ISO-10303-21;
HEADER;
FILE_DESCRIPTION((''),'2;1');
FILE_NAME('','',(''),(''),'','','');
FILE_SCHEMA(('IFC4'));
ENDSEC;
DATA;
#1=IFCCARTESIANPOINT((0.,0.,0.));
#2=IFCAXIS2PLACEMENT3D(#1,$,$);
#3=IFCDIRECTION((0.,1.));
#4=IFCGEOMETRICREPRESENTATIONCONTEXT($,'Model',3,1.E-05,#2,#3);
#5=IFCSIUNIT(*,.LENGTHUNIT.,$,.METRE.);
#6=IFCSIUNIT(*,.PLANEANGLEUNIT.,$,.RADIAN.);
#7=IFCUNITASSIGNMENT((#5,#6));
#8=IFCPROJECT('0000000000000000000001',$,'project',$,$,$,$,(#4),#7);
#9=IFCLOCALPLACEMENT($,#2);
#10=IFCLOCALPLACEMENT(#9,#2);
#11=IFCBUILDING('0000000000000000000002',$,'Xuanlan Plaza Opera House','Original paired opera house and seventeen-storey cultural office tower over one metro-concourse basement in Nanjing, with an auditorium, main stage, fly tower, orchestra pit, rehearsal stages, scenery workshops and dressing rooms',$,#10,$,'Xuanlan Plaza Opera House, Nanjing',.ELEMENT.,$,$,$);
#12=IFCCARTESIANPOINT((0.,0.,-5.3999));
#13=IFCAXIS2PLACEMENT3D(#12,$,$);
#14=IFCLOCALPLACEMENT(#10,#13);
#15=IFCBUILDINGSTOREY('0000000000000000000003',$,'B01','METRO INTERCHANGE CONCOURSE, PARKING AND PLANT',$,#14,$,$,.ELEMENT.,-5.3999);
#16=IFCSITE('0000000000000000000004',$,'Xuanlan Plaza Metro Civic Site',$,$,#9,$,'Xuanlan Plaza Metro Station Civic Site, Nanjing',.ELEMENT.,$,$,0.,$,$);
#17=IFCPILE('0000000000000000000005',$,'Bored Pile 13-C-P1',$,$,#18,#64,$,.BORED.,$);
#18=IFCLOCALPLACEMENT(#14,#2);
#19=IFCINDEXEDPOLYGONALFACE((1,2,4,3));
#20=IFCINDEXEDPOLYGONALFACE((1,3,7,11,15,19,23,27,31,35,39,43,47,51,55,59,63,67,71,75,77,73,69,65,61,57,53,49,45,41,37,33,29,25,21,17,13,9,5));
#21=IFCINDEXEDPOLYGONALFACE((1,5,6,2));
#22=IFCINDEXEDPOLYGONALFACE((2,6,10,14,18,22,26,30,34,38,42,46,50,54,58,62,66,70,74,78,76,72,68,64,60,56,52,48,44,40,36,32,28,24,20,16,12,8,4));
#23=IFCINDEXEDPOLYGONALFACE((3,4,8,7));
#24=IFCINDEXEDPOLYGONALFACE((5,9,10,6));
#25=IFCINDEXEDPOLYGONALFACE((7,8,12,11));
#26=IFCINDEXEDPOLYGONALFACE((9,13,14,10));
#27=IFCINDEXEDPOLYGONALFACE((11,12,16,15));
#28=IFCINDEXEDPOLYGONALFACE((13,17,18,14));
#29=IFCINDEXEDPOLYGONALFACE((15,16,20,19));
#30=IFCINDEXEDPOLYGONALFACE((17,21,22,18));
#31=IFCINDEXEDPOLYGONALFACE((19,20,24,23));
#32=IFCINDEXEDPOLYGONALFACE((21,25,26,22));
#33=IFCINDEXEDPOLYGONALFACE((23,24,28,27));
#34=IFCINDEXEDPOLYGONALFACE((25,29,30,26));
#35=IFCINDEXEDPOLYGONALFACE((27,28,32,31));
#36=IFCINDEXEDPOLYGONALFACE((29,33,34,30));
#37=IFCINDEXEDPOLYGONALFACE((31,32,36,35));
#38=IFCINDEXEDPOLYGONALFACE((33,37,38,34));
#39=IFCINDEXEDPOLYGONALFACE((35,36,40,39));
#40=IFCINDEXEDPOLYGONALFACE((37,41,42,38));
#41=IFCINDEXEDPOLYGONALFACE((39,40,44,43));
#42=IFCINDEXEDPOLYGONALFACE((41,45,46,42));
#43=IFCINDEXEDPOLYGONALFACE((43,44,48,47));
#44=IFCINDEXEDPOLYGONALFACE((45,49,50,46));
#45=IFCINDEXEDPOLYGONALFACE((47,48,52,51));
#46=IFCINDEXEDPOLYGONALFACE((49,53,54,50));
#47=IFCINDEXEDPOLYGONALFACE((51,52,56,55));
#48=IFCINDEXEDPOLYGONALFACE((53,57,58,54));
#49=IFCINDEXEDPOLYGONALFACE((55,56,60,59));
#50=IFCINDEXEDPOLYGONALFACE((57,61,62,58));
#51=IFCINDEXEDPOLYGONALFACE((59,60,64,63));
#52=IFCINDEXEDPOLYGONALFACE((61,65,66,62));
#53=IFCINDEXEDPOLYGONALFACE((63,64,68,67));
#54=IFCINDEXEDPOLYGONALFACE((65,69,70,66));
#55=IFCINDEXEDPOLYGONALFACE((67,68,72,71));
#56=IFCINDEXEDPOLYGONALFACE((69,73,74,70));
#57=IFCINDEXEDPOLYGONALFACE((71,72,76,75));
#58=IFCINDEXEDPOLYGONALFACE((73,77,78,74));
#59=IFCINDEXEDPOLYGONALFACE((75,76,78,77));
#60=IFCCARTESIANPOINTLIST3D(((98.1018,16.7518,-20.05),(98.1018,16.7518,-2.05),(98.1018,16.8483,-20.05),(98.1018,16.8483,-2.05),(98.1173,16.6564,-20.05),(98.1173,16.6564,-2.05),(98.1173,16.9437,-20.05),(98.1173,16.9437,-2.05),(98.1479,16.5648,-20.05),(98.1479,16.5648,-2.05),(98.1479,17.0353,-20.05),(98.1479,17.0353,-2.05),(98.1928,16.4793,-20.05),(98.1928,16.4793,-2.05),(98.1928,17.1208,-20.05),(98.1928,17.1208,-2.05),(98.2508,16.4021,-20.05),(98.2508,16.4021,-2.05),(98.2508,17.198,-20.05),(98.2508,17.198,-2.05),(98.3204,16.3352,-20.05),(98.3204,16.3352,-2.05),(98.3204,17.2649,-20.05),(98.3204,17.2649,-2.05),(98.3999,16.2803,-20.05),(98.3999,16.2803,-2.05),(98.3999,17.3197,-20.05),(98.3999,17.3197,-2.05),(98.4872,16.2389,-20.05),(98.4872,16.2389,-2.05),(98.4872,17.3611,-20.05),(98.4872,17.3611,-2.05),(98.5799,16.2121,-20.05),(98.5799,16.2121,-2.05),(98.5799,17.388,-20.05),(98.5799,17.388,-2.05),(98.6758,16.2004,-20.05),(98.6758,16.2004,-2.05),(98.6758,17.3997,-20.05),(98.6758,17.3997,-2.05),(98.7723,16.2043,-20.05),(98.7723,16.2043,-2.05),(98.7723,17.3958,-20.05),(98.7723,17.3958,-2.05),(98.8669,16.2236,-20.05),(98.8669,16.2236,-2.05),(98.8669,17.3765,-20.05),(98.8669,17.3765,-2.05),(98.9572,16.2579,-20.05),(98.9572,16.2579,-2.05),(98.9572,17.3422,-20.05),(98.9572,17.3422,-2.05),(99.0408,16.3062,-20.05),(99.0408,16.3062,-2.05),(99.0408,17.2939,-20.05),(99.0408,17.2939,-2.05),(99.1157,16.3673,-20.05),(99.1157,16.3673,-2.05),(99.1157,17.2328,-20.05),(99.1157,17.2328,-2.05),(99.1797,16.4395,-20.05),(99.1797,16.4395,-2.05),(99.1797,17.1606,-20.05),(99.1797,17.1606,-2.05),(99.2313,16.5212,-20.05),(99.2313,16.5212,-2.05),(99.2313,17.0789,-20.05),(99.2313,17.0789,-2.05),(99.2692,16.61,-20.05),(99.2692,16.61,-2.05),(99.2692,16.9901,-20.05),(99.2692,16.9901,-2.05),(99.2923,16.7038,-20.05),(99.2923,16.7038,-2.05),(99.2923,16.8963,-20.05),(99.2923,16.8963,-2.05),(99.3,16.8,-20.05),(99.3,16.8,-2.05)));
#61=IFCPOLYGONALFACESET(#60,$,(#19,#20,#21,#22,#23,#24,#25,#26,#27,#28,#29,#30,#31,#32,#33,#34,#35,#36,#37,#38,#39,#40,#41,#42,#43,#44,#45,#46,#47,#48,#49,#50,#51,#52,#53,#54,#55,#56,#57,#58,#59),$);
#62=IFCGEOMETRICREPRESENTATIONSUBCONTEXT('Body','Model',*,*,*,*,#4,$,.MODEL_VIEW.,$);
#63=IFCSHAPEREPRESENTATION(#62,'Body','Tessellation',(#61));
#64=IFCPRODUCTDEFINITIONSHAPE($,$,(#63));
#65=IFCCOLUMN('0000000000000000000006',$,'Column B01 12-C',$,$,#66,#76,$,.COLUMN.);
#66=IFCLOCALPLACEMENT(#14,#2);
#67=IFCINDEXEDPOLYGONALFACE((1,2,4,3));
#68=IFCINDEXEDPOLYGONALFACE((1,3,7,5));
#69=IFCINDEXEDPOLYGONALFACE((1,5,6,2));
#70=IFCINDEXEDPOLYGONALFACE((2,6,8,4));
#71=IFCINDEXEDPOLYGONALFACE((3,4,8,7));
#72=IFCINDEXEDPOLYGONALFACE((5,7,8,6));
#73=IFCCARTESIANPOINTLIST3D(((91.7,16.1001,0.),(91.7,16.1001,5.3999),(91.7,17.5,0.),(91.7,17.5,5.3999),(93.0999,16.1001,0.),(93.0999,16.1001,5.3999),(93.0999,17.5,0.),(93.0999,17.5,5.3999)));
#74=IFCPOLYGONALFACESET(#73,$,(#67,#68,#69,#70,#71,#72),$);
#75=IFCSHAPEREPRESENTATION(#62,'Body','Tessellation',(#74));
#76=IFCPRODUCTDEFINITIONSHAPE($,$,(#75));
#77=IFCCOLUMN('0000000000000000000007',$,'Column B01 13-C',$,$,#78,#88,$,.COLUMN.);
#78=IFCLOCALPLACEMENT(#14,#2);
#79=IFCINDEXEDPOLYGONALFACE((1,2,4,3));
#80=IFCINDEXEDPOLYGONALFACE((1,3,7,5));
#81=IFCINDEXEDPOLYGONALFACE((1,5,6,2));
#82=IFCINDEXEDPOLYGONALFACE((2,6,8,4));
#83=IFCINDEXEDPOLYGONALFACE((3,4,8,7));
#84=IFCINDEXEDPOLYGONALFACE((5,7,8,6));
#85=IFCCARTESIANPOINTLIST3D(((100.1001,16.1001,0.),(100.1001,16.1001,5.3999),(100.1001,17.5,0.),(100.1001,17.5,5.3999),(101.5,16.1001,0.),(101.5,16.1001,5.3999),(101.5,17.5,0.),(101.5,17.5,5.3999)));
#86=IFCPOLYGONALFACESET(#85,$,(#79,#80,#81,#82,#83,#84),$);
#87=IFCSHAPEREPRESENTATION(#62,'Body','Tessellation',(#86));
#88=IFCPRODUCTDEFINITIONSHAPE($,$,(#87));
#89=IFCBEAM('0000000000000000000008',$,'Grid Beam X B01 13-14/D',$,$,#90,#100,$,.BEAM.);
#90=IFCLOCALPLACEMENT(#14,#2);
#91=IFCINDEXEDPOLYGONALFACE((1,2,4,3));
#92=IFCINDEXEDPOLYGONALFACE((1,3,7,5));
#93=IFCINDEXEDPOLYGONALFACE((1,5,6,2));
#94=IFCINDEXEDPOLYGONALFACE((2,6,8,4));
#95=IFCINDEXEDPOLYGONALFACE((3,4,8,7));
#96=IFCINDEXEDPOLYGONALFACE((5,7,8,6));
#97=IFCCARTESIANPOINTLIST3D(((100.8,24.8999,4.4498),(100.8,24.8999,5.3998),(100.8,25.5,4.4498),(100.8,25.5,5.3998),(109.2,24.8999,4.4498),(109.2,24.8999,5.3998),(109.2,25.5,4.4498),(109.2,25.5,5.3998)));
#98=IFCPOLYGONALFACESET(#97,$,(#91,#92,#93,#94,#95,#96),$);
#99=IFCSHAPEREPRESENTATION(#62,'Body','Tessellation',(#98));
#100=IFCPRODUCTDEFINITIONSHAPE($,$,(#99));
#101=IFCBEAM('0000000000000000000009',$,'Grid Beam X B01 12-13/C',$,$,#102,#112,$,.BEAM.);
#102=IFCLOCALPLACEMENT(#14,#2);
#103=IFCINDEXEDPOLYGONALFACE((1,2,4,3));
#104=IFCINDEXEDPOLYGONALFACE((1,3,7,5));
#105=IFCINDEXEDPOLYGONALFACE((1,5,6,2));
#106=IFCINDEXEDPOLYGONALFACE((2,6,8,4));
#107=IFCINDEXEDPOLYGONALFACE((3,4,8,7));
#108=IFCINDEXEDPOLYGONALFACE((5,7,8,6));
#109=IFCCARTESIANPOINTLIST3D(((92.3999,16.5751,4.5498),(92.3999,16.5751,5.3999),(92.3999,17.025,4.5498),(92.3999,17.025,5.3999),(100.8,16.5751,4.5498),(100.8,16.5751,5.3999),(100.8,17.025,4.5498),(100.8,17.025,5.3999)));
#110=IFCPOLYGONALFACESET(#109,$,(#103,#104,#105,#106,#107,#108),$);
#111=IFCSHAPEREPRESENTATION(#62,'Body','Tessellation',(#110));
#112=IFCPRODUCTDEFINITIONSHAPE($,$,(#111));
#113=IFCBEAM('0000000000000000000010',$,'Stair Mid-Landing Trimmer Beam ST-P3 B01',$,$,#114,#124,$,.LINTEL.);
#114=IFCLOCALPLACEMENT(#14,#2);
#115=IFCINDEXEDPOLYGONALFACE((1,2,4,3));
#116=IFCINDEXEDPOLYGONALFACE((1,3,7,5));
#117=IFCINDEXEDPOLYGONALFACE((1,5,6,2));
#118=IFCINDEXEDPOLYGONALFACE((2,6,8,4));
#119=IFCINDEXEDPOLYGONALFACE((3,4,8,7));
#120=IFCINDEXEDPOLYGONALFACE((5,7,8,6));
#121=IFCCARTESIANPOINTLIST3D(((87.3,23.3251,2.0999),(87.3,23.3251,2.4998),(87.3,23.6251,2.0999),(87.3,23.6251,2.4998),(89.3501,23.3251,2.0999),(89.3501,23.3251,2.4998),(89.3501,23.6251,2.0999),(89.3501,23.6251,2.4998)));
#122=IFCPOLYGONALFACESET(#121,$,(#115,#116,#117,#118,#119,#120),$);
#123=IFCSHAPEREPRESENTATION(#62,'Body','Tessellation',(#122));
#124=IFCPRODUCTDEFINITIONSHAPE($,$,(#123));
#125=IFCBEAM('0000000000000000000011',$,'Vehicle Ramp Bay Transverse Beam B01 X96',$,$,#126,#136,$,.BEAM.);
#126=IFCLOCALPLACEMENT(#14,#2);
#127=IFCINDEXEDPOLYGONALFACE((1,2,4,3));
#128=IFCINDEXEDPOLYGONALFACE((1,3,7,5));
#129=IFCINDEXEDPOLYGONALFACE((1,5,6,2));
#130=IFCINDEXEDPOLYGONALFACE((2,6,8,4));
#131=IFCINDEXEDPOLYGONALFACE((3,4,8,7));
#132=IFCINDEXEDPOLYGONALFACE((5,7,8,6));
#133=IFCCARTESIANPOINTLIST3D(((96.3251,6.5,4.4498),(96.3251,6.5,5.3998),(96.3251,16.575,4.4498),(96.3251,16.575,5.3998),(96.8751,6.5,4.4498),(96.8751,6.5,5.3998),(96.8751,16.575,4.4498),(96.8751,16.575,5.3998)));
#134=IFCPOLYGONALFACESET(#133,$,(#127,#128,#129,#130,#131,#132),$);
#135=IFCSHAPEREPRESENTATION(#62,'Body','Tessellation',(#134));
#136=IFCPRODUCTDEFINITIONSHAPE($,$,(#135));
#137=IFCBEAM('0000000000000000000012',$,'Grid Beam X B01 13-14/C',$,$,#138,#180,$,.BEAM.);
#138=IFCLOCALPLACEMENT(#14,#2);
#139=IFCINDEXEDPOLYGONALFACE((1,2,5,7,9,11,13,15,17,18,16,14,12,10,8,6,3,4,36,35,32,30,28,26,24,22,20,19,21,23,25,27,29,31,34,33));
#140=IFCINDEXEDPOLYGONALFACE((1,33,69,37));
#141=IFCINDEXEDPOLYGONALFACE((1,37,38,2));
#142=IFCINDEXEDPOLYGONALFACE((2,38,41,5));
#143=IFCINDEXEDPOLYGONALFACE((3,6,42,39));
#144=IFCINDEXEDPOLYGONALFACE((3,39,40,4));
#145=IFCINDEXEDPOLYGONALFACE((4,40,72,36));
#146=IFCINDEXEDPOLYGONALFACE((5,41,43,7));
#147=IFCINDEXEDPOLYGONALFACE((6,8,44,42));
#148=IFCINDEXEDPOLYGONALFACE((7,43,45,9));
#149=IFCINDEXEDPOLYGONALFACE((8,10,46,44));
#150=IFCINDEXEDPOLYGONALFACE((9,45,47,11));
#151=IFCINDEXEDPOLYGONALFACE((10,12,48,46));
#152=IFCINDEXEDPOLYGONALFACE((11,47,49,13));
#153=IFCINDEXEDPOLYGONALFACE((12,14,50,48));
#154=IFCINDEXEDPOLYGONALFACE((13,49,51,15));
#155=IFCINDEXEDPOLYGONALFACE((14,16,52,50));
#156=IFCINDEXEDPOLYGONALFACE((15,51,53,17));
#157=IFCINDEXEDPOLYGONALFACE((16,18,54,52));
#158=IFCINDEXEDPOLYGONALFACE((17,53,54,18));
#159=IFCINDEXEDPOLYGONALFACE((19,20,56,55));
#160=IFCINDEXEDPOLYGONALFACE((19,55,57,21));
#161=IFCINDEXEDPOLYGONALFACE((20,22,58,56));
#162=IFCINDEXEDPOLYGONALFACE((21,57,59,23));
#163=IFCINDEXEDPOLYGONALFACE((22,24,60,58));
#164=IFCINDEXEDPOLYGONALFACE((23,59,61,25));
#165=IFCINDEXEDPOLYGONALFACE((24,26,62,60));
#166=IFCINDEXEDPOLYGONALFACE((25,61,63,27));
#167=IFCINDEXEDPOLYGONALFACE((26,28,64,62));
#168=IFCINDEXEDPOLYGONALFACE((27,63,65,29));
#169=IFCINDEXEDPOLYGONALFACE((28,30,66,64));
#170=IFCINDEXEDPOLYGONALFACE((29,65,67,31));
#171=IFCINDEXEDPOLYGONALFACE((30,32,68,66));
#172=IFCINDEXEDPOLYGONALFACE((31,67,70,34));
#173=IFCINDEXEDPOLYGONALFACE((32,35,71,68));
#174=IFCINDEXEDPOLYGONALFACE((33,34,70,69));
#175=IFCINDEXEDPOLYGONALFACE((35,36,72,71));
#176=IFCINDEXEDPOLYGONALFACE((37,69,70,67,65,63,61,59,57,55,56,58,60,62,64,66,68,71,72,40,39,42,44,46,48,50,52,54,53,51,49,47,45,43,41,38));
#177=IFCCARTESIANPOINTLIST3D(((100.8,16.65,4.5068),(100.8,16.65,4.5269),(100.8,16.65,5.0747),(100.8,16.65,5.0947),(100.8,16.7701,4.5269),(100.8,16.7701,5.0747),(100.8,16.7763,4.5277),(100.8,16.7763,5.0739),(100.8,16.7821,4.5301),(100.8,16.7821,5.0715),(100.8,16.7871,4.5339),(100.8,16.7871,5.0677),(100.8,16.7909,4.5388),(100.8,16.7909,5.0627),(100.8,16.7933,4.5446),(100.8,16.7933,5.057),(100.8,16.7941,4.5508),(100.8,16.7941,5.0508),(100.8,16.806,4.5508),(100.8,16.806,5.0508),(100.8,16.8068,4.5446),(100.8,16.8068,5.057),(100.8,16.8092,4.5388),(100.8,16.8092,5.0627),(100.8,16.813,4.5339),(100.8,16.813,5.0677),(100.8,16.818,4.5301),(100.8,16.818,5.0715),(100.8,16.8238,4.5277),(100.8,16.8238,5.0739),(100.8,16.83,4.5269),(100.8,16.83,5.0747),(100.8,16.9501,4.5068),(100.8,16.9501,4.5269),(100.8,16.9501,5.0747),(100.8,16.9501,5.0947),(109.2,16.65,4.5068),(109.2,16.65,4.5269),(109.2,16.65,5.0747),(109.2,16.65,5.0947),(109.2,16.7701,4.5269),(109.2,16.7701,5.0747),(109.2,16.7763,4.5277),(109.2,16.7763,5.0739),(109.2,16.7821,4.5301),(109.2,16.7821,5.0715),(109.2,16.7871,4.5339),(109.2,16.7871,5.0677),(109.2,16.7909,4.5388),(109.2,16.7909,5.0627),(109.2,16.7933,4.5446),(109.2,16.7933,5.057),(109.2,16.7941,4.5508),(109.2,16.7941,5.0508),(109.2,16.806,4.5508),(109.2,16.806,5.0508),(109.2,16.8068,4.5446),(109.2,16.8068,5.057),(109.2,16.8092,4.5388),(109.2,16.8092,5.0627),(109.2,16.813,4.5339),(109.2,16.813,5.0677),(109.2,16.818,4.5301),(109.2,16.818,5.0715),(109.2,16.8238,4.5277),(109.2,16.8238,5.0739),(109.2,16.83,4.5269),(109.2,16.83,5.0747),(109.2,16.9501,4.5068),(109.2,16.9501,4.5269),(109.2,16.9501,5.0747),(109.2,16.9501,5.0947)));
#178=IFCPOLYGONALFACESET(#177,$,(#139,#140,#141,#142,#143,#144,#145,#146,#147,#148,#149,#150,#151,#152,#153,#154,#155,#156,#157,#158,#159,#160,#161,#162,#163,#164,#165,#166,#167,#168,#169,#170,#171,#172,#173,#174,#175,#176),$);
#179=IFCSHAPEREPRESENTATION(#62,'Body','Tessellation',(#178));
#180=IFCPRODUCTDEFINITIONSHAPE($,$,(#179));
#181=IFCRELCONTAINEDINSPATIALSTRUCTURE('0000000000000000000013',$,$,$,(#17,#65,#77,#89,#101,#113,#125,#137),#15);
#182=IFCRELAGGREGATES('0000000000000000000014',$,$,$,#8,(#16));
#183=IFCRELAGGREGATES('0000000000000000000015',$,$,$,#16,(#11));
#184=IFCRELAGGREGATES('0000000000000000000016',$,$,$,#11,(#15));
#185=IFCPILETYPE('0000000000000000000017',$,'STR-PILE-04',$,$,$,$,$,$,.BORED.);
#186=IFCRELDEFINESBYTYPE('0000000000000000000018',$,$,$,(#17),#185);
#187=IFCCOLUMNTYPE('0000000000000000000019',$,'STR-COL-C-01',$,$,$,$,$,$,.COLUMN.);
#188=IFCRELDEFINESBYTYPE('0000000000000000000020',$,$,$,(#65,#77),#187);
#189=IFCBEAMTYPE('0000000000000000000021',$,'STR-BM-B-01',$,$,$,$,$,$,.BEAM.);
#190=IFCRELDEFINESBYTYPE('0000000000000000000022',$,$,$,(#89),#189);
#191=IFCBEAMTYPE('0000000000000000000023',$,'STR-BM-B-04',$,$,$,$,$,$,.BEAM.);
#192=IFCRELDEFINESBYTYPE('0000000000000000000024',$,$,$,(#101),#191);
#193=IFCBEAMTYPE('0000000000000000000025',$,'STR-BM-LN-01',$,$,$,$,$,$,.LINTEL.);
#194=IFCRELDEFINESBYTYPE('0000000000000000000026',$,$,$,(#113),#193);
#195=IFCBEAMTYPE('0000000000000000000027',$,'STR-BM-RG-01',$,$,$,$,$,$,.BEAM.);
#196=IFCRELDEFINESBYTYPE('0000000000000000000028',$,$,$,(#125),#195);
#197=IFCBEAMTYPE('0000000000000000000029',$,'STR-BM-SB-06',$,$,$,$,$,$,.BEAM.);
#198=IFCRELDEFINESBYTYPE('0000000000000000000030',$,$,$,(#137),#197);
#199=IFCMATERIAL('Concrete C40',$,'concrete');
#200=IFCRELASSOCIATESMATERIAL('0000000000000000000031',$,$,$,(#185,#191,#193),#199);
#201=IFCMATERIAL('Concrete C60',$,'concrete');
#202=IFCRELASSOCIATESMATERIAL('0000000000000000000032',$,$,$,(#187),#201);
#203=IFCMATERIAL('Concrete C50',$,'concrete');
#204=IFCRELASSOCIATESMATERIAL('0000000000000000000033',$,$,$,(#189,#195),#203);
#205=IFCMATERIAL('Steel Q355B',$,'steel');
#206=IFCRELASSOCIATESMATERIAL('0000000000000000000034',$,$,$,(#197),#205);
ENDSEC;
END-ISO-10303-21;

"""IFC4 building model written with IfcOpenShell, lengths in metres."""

from ifc_helpers import new_model, si_unit, direction, frame, origin, origin_2d, place, context, subcontext, project, spatial, rectangle, circle, i_section, extrude, material, material_profile, profile_set, type_object, element, save


model = new_model("IFC4")

# Units and contexts
model_context = context("Model", 3, precision=1e-05, world=origin(), true_north=direction((0.0, 1.0)))
body_context = subcontext(model_context, "Body", "Model", "MODEL_VIEW")
ifc_project = project(units=[si_unit("LENGTHUNIT", "METRE"), si_unit("PLANEANGLEUNIT", "RADIAN")], contexts=[model_context])

# Site, building, storey
site_placement = place(None, origin())
site = spatial("IfcSite", under=ifc_project, at=site_placement, Name="Xuanlan Plaza Metro Civic Site", LongName="Xuanlan Plaza Metro Station Civic Site, Nanjing", CompositionType="ELEMENT", RefElevation=0.0)
building_placement = place(site_placement, origin())
building = spatial("IfcBuilding", under=site, at=building_placement, Name="Xuanlan Plaza Opera House", Description="Original paired opera house and seventeen-storey cultural office tower over one metro-concourse basement in Nanjing, with an auditorium, main stage, fly tower, orchestra pit, rehearsal stages, scenery workshops and dressing rooms", LongName="Xuanlan Plaza Opera House, Nanjing", CompositionType="ELEMENT")
storey_placement = place(building_placement, frame((0.0, 0.0, -5.3999)))
storey = spatial("IfcBuildingStorey", under=building, at=storey_placement, Name="B01", Description="METRO INTERCHANGE CONCOURSE, PARKING AND PLANT", CompositionType="ELEMENT", Elevation=-5.3999)

# Shared definitions
ifc_material_1 = material(Name="Concrete C50", Category="concrete")

# Pile
ifc_material_2 = material(Name="Concrete C40", Category="concrete")
ifc_material_profile_1 = material_profile(ifc_material_2, circle(Radius=0.6001, at=origin_2d()), Name="PILE D1200")
ifc_profile_set_1 = profile_set([ifc_material_profile_1], Name="Concrete C40")
pile_type = type_object("IfcPileType", Name="STR-PILE-04", PredefinedType="BORED", material=ifc_profile_set_1)
for number, where, z_axis, x_axis, name in (
    (1, (98.7, 16.8, -2.05), (0.0, 0.0, -1.0), (1.0, 0.0, 0.0), "Bored Pile 13-C-P1"),
):
    element("IfcPile", number, at=place(storey_placement, frame(where, z_axis=z_axis, x_axis=x_axis)), inside=storey, type_object=pile_type, Name=name, PredefinedType="BORED", context=body_context, shape_type="SweptSolid", body=[
        extrude(circle(Radius=0.6001, at=origin_2d()), origin(), (0.0, 0.0, 1.0), 18.0),
    ])

# Columns
ifc_material_3 = material(Name="Concrete C60", Category="concrete")
ifc_material_profile_2 = material_profile(ifc_material_3, rectangle(XDim=1.3999, YDim=1.3999, at=origin_2d()), Name="RC-COL 1400x1400")
ifc_profile_set_2 = profile_set([ifc_material_profile_2], Name="Concrete C60")
column_type = type_object("IfcColumnType", Name="STR-COL-C-01", PredefinedType="COLUMN", material=ifc_profile_set_2)
for number, where, z_axis, x_axis, name in (
    (2, (92.3999, 16.8, 0.0), (0.0, 0.0, 1.0), (1.0, 0.0, 0.0), "Column B01 12-C"),
    (3, (100.8, 16.8, 0.0), (0.0, 0.0, 1.0), (1.0, 0.0, 0.0), "Column B01 13-C"),
):
    element("IfcColumn", number, at=place(storey_placement, frame(where, z_axis=z_axis, x_axis=x_axis)), inside=storey, type_object=column_type, Name=name, PredefinedType="COLUMN", context=body_context, shape_type="SweptSolid", body=[
        extrude(rectangle(XDim=1.3999, YDim=1.3999, at=origin_2d()), origin(), (0.0, 0.0, 1.0), 5.3999),
    ])

# Beams
ifc_material_profile_3 = material_profile(ifc_material_1, rectangle(XDim=0.6001, YDim=0.95, at=origin_2d()), Name="RC-BM 600x950")
ifc_profile_set_3 = profile_set([ifc_material_profile_3], Name="Concrete C50")
beam_type_1 = type_object("IfcBeamType", Name="STR-BM-B-01", PredefinedType="BEAM", material=ifc_profile_set_3)
beam_1_placement = place(storey_placement, frame((100.8, 25.2, 4.9248), z_axis=(1.0, 0.0, 0.0), x_axis=(0.0, 1.0, 0.0)))
element("IfcBeam", 4, at=beam_1_placement, inside=storey, type_object=beam_type_1, Name="Grid Beam X B01 13-14/D", PredefinedType="BEAM", context=body_context, shape_type="SweptSolid", body=[
    extrude(rectangle(XDim=0.6001, YDim=0.95, at=origin_2d()), origin(), (0.0, 0.0, 1.0), 8.3999),
])
ifc_material_profile_4 = material_profile(ifc_material_2, rectangle(XDim=0.45, YDim=0.8501, at=origin_2d()), Name="RC-BM 450x850")
ifc_profile_set_4 = profile_set([ifc_material_profile_4], Name="Concrete C40")
beam_type_2 = type_object("IfcBeamType", Name="STR-BM-B-04", PredefinedType="BEAM", material=ifc_profile_set_4)
beam_2_placement = place(storey_placement, frame((92.3999, 16.8, 4.9749), z_axis=(1.0, 0.0, 0.0), x_axis=(0.0, 1.0, 0.0)))
element("IfcBeam", 5, at=beam_2_placement, inside=storey, type_object=beam_type_2, Name="Grid Beam X B01 12-13/C", PredefinedType="BEAM", context=body_context, shape_type="SweptSolid", body=[
    extrude(rectangle(XDim=0.45, YDim=0.8501, at=origin_2d()), origin(), (0.0, 0.0, 1.0), 8.4001),
])
ifc_material_profile_5 = material_profile(ifc_material_2, rectangle(XDim=0.3, YDim=0.3999, at=origin_2d()), Name="RC-LNT 300x400")
ifc_profile_set_5 = profile_set([ifc_material_profile_5], Name="Concrete C40")
beam_type_3 = type_object("IfcBeamType", Name="STR-BM-LN-01", PredefinedType="LINTEL", material=ifc_profile_set_5)
beam_3_placement = place(storey_placement, frame((87.3, 23.4751, 2.2998), z_axis=(1.0, 0.0, 0.0), x_axis=(0.0, 1.0, 0.0)))
element("IfcBeam", 6, at=beam_3_placement, inside=storey, type_object=beam_type_3, Name="Stair Mid-Landing Trimmer Beam ST-P3 B01", PredefinedType="LINTEL", context=body_context, shape_type="SweptSolid", body=[
    extrude(rectangle(XDim=0.3, YDim=0.3999, at=origin_2d()), origin(), (0.0, 0.0, 1.0), 2.05),
])
ifc_material_profile_6 = material_profile(ifc_material_1, rectangle(XDim=0.55, YDim=0.95, at=origin_2d()), Name="RC-BM 550x950")
ifc_profile_set_6 = profile_set([ifc_material_profile_6], Name="Concrete C50")
beam_type_4 = type_object("IfcBeamType", Name="STR-BM-RG-01", PredefinedType="BEAM", material=ifc_profile_set_6)
beam_4_placement = place(storey_placement, frame((96.6001, 6.5, 4.9248), z_axis=(0.0, 1.0, 0.0), x_axis=(-1.0, 0.0, 0.0)))
element("IfcBeam", 7, at=beam_4_placement, inside=storey, type_object=beam_type_4, Name="Vehicle Ramp Bay Transverse Beam B01 X96", PredefinedType="BEAM", context=body_context, shape_type="SweptSolid", body=[
    extrude(rectangle(XDim=0.55, YDim=0.95, at=origin_2d()), origin(), (0.0, 0.0, 1.0), 10.075),
])
ifc_material_4 = material(Name="Steel Q355B", Category="steel")
ifc_material_profile_7 = material_profile(ifc_material_4, i_section(OverallWidth=0.3, OverallDepth=0.5879, WebThickness=0.012, FlangeThickness=0.02, FilletRadius=0.0239, at=origin_2d()), Name="HM 588x300x12x20")
ifc_profile_set_7 = profile_set([ifc_material_profile_7], Name="Steel Q355B")
beam_type_5 = type_object("IfcBeamType", Name="STR-BM-SB-06", PredefinedType="BEAM", material=ifc_profile_set_7)
beam_5_placement = place(storey_placement, frame((100.8, 16.8, 4.8008), z_axis=(1.0, 0.0, 0.0), x_axis=(0.0, 1.0, 0.0)))
element("IfcBeam", 8, at=beam_5_placement, inside=storey, type_object=beam_type_5, Name="Grid Beam X B01 13-14/C", PredefinedType="BEAM", context=body_context, shape_type="SweptSolid", body=[
    extrude(i_section(OverallWidth=0.3, OverallDepth=0.5879, WebThickness=0.012, FlangeThickness=0.02, FilletRadius=0.0239, at=origin_2d()), origin(), (0.0, 0.0, 1.0), 8.3999),
])

save(model, "model.ifc")
